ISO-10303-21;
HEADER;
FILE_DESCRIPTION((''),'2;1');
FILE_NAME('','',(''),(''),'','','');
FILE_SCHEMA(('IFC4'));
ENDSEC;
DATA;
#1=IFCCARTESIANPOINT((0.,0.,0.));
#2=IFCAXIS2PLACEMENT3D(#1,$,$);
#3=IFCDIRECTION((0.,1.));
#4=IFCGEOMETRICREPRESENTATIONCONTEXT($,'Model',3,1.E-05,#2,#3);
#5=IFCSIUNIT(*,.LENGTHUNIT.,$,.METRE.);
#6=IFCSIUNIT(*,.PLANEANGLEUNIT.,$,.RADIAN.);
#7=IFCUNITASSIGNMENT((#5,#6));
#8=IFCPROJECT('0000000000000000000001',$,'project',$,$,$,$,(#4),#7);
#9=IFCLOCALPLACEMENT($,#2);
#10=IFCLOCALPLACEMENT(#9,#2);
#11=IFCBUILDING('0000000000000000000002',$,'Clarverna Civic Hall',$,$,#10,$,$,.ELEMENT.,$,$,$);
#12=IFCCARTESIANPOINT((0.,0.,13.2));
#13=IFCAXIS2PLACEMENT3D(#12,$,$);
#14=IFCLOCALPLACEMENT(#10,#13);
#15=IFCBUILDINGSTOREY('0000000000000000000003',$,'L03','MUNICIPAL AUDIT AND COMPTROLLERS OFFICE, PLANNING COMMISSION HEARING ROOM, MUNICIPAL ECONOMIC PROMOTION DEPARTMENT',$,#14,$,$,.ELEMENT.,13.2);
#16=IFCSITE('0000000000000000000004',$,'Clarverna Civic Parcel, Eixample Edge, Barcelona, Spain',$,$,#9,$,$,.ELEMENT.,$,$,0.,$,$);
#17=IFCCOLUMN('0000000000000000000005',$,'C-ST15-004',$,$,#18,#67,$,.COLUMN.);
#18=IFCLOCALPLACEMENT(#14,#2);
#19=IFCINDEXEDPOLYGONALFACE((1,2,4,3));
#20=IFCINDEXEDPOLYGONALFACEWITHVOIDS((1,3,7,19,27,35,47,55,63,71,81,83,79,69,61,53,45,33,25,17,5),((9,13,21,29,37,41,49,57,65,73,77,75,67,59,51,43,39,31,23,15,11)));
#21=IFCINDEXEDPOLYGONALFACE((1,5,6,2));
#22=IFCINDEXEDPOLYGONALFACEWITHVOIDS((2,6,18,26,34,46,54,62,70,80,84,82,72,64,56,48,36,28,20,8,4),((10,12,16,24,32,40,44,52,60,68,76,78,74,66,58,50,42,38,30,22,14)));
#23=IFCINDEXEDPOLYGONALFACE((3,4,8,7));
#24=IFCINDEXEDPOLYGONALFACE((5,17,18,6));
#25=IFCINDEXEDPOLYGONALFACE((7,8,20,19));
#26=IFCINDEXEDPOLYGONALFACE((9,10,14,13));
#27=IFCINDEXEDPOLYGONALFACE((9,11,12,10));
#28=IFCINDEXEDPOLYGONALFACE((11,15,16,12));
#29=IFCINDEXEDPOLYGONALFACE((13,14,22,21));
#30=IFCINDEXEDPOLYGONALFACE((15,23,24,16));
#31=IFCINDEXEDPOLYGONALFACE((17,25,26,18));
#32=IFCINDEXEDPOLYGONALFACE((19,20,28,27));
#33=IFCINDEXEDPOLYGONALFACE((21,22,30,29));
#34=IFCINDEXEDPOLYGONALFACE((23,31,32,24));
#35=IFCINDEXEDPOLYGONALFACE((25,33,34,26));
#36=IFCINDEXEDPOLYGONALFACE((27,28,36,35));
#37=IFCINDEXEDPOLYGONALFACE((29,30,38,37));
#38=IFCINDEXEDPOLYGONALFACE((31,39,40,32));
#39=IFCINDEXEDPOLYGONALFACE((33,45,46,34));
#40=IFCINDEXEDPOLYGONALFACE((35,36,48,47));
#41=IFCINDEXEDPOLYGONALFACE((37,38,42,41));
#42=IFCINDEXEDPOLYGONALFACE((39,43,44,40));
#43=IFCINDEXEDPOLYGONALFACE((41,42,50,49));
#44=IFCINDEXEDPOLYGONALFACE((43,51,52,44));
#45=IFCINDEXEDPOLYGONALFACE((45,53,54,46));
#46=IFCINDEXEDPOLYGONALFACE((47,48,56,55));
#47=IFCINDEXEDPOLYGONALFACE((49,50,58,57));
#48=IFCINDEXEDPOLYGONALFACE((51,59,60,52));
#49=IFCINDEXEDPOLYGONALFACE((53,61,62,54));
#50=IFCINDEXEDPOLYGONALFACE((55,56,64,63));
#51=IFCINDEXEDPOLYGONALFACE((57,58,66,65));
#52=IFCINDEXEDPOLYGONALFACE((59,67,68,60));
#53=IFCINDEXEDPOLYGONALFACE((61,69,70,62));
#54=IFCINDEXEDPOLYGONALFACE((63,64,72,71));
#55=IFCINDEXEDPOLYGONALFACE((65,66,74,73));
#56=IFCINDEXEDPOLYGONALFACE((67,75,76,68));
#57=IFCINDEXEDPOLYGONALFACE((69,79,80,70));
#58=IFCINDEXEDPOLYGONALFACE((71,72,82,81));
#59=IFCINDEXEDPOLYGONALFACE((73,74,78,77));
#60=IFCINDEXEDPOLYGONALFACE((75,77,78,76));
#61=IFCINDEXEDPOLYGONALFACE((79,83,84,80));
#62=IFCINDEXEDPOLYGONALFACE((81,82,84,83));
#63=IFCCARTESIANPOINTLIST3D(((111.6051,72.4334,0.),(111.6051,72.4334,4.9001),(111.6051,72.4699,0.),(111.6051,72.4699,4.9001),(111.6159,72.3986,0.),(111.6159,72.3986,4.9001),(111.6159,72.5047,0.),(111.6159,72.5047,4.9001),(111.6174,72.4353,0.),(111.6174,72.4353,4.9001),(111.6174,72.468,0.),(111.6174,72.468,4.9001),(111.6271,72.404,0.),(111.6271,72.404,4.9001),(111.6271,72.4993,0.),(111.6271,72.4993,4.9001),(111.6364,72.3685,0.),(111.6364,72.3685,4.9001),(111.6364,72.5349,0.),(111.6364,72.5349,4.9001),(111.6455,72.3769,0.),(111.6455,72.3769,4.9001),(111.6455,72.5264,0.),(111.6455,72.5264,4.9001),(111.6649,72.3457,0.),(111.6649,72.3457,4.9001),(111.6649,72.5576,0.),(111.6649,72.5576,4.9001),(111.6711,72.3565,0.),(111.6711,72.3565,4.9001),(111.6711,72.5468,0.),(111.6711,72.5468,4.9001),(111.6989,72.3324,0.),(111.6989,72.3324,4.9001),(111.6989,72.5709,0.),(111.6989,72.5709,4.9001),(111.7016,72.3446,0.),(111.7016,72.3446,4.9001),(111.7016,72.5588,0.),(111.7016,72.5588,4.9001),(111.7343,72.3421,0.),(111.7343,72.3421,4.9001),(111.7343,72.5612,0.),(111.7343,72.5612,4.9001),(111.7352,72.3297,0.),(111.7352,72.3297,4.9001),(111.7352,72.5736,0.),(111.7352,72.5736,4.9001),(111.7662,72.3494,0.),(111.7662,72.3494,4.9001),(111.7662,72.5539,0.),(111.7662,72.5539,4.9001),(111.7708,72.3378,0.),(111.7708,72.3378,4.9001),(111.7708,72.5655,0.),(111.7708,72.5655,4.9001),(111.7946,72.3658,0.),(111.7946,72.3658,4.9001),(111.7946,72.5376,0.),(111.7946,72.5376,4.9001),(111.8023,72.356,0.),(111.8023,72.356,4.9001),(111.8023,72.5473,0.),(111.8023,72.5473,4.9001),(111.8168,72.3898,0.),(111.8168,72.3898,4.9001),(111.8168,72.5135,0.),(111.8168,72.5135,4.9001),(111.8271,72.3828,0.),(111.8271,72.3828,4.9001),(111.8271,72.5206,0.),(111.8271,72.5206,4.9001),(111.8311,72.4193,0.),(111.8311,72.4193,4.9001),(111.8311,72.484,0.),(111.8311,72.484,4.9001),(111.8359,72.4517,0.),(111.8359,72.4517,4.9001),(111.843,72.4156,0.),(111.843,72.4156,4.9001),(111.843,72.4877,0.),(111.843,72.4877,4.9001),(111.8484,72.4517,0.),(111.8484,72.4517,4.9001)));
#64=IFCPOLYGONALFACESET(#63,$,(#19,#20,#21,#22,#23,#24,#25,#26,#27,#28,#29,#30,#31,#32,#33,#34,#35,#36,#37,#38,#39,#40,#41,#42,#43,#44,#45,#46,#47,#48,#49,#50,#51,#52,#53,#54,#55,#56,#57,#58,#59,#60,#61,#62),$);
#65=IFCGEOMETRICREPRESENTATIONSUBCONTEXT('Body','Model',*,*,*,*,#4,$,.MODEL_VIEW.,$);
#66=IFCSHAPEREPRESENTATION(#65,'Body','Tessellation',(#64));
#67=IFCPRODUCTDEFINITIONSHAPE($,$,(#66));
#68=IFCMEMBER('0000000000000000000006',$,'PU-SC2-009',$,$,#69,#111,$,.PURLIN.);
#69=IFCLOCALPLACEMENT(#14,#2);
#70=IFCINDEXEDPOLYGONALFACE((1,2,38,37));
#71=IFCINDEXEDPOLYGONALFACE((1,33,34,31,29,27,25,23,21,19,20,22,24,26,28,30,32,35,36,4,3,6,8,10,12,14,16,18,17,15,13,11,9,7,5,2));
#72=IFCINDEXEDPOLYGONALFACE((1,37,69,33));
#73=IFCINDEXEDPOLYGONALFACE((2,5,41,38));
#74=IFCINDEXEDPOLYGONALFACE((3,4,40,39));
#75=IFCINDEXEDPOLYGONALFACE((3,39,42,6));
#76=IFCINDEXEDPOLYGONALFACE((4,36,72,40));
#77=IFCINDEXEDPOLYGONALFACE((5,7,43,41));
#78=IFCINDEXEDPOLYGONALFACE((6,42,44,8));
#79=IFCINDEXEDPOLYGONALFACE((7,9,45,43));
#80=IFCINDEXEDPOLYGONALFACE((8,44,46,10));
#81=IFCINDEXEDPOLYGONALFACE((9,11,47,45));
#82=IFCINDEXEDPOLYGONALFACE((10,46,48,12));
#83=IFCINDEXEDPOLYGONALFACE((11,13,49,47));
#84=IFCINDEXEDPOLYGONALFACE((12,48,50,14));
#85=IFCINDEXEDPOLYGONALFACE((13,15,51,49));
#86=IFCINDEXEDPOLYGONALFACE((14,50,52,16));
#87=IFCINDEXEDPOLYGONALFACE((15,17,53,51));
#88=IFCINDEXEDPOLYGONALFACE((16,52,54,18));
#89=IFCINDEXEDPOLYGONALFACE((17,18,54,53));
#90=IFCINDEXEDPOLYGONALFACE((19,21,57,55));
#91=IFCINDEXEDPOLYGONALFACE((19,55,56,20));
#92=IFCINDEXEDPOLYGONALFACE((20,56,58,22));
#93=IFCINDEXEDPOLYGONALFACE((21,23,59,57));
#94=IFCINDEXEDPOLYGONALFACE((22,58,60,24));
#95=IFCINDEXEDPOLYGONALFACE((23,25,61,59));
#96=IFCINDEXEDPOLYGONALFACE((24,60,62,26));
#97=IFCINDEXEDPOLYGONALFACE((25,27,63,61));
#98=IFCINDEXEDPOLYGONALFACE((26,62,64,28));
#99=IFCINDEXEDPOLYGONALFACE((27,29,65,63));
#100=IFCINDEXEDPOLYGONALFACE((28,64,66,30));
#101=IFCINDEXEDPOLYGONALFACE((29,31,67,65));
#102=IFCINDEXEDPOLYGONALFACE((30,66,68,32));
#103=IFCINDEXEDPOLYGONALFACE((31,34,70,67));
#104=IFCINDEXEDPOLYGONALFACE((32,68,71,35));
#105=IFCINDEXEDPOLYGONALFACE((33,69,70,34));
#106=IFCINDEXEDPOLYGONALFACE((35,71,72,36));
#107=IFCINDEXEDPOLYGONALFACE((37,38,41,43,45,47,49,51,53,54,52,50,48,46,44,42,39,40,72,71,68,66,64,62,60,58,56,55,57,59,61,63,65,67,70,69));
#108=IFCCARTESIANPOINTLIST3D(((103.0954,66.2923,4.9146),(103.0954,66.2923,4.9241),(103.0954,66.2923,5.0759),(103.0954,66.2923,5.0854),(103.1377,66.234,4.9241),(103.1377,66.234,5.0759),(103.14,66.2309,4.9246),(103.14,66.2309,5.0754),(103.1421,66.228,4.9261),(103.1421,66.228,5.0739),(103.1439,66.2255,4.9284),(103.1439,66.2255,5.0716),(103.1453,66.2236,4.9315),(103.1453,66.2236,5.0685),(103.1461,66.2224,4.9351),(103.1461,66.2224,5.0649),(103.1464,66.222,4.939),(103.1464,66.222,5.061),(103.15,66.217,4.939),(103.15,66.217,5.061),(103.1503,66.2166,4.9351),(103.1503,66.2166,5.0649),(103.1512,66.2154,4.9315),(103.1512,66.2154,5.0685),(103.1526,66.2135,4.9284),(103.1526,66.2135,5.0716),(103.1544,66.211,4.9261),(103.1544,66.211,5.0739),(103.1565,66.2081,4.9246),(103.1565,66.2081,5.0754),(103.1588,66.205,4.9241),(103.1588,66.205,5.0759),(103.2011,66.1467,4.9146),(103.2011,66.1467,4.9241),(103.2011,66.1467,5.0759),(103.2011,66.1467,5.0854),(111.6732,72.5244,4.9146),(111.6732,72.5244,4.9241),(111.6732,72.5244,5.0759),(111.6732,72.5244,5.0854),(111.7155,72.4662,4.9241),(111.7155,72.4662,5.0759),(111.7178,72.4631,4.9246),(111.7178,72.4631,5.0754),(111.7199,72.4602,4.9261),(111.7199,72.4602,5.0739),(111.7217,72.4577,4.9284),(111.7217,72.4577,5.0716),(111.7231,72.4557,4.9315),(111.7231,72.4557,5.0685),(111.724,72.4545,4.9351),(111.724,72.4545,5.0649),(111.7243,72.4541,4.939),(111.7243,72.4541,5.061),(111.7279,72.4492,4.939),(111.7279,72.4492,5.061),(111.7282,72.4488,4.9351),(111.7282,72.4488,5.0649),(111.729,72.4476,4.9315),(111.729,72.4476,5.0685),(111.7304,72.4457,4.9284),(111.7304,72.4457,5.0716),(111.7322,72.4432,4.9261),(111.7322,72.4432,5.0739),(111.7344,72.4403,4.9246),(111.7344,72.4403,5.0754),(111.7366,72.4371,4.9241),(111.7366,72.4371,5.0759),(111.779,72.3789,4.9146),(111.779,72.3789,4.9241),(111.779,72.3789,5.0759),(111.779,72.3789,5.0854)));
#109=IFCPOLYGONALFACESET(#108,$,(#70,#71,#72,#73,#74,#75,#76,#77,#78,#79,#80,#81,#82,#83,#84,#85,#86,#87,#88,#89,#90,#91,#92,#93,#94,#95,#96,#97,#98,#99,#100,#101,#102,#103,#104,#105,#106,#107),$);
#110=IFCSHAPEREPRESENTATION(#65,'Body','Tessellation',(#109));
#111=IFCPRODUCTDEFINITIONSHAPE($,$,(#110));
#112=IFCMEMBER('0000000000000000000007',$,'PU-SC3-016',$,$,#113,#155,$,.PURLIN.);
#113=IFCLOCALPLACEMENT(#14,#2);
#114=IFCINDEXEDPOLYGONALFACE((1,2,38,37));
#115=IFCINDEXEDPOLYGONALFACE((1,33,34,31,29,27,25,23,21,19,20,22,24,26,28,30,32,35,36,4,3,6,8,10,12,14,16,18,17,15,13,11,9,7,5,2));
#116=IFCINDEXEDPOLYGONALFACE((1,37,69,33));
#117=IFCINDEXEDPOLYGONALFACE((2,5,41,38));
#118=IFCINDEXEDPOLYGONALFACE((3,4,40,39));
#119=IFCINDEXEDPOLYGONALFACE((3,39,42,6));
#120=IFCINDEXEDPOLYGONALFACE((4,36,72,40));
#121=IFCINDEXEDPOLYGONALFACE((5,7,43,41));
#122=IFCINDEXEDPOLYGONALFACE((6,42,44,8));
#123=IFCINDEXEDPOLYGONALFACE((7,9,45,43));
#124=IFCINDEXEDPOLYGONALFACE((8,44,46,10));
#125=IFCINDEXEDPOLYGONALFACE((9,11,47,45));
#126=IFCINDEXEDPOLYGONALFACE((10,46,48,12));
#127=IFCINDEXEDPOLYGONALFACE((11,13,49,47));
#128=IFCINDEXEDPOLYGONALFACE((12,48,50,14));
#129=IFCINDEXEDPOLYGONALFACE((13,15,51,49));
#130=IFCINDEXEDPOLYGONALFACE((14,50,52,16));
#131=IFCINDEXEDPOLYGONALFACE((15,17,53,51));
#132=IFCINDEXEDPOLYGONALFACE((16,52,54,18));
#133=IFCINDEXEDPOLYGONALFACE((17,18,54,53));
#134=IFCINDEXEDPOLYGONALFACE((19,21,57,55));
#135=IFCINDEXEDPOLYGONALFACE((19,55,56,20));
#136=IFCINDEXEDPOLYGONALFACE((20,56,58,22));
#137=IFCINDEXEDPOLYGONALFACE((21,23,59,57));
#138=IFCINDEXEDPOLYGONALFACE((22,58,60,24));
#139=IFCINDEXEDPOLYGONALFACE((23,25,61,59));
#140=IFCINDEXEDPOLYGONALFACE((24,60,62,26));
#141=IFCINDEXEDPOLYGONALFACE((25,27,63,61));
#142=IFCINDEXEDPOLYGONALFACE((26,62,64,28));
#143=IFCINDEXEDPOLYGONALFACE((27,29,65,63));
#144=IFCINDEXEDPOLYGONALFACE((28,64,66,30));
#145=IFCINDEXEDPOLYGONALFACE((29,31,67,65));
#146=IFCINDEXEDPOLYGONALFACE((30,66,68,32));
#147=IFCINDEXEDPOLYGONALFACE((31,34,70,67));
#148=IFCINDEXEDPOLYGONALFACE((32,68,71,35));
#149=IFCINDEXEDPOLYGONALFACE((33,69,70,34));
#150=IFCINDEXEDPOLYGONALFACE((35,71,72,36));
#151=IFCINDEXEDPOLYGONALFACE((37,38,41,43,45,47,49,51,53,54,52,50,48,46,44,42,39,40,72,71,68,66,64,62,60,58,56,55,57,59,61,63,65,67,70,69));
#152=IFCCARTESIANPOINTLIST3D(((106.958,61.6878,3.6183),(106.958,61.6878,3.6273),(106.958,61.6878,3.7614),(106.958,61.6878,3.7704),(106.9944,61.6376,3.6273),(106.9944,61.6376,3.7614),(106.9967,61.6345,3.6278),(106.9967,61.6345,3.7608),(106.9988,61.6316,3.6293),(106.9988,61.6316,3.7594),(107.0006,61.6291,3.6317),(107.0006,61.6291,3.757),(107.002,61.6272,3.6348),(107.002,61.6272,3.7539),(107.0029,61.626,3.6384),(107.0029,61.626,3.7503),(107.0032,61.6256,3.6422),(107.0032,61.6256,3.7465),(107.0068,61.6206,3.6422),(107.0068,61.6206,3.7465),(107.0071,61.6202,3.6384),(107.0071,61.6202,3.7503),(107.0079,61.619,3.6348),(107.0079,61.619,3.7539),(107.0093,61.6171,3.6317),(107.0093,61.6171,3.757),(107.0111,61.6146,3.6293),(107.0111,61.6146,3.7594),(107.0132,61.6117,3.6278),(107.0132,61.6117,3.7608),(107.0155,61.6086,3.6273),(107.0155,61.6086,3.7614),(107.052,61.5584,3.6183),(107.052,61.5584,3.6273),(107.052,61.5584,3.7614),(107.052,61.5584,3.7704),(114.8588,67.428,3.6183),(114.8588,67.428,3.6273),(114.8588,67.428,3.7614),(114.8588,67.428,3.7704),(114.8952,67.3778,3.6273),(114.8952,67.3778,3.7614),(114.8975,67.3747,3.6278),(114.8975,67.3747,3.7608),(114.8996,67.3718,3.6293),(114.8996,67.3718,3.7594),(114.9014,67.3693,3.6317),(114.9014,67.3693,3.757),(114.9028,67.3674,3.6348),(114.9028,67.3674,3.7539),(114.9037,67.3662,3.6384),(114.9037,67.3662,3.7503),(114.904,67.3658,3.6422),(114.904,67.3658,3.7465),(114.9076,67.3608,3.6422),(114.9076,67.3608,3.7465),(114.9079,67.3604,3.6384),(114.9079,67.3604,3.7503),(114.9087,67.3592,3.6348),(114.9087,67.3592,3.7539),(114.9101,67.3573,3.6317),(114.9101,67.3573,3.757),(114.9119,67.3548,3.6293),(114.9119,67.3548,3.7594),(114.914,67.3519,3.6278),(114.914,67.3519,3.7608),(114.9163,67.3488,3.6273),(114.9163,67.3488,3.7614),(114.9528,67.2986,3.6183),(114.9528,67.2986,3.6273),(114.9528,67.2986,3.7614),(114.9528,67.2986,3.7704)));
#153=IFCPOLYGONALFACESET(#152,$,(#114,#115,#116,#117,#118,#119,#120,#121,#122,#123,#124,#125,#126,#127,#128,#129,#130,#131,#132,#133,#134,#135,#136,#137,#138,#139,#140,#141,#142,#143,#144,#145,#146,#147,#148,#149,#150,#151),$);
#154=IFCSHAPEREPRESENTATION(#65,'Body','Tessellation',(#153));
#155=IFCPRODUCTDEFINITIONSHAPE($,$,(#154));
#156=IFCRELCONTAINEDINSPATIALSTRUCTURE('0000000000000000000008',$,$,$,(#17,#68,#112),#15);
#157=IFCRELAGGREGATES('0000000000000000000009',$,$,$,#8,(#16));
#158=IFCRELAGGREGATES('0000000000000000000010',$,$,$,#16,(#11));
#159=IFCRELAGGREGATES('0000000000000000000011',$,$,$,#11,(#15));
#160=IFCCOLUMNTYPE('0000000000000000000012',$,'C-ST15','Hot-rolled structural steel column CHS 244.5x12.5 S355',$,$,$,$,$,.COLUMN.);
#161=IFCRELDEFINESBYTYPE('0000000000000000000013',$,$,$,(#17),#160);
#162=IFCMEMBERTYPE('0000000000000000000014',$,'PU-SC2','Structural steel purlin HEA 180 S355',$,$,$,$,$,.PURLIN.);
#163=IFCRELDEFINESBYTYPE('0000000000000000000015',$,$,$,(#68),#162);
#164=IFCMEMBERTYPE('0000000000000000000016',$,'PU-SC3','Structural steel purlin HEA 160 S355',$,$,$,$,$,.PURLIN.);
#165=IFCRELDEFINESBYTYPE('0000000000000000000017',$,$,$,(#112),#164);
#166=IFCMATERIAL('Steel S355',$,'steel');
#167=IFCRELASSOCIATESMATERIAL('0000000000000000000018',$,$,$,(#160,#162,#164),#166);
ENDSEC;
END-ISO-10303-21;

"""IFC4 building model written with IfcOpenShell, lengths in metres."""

from ifc_helpers import new_model, si_unit, direction, frame, origin, origin_2d, place, context, subcontext, project, spatial, hollow_circle, i_section, extrude, material, material_profile, profile_set, type_object, element, save


model = new_model("IFC4")

# Units and contexts
model_context = context("Model", 3, precision=1e-05, world=origin(), true_north=direction((0.0, 1.0)))
body_context = subcontext(model_context, "Body", "Model", "MODEL_VIEW")
ifc_project = project(units=[si_unit("LENGTHUNIT", "METRE"), si_unit("PLANEANGLEUNIT", "RADIAN")], contexts=[model_context])

# Site, building, storey
site_placement = place(None, origin())
site = spatial("IfcSite", under=ifc_project, at=site_placement, Name="Clarverna Civic Parcel, Eixample Edge, Barcelona, Spain", CompositionType="ELEMENT", RefElevation=0.0)
building_placement = place(site_placement, origin())
building = spatial("IfcBuilding", under=site, at=building_placement, Name="Clarverna Civic Hall", CompositionType="ELEMENT")
storey_placement = place(building_placement, frame((0.0, 0.0, 13.2)))
storey = spatial("IfcBuildingStorey", under=building, at=storey_placement, Name="L03", Description="MUNICIPAL AUDIT AND COMPTROLLERS OFFICE, PLANNING COMMISSION HEARING ROOM, MUNICIPAL ECONOMIC PROMOTION DEPARTMENT", CompositionType="ELEMENT", Elevation=13.2)

# Column
ifc_material_1 = material(Name="Steel S355", Category="steel")
ifc_material_profile_1 = material_profile(ifc_material_1, hollow_circle(Radius=0.1223, WallThickness=0.0125, at=origin_2d()), Name="CHS 244.5x12.5")
ifc_profile_set_1 = profile_set([ifc_material_profile_1], Name="Steel S355")
column_type = type_object("IfcColumnType", Name="C-ST15", Description="Hot-rolled structural steel column CHS 244.5x12.5 S355", PredefinedType="COLUMN", material=ifc_profile_set_1)
column_placement = place(storey_placement, frame((111.7261, 72.4517, 0.0), z_axis=(0.0, 0.0, 1.0), x_axis=(1.0, 0.0, 0.0)))
element("IfcColumn", 1, at=column_placement, inside=storey, type_object=column_type, Name="C-ST15-004", PredefinedType="COLUMN", context=body_context, shape_type="SweptSolid", body=[
    extrude(hollow_circle(Radius=0.1223, WallThickness=0.0125, at=origin_2d()), origin(), (0.0, 0.0, 1.0), 4.9001),
])

# Members
ifc_material_profile_2 = material_profile(ifc_material_1, i_section(OverallWidth=0.1799, OverallDepth=0.1709, WebThickness=0.0061, FlangeThickness=0.0095, FilletRadius=0.0149, at=origin_2d()), Name="HEA 180")
ifc_profile_set_2 = profile_set([ifc_material_profile_2], Name="Steel S355")
member_type_1 = type_object("IfcMemberType", Name="PU-SC2", Description="Structural steel purlin HEA 180 S355", PredefinedType="PURLIN", material=ifc_profile_set_2)
member_1_placement = place(storey_placement, frame((111.7261, 72.4517, 5.0), z_axis=(-0.809018, -0.587784, 0.0), x_axis=(0.587784, -0.809018, 0.0)))
element("IfcMember", 2, at=member_1_placement, inside=storey, type_object=member_type_1, Name="PU-SC2-009", PredefinedType="PURLIN", context=body_context, shape_type="SweptSolid", body=[
    extrude(i_section(OverallWidth=0.1799, OverallDepth=0.1709, WebThickness=0.0061, FlangeThickness=0.0095, FilletRadius=0.0149, at=origin_2d()), origin(), (0.0, 0.0, 1.0), 10.6028),
])
ifc_material_profile_3 = material_profile(ifc_material_1, i_section(OverallWidth=0.1599, OverallDepth=0.1521, WebThickness=0.0061, FlangeThickness=0.009, FilletRadius=0.0149, at=origin_2d()), Name="HEA 160")
ifc_profile_set_3 = profile_set([ifc_material_profile_3], Name="Steel S355")
member_type_2 = type_object("IfcMemberType", Name="PU-SC3", Description="Structural steel purlin HEA 160 S355", PredefinedType="PURLIN", material=ifc_profile_set_3)
member_2_placement = place(storey_placement, frame((114.9058, 67.3633, 3.6943), z_axis=(-0.809021, -0.587779, 0.0), x_axis=(0.587779, -0.809021, 0.0)))
element("IfcMember", 3, at=member_2_placement, inside=storey, type_object=member_type_2, Name="PU-SC3-016", PredefinedType="PURLIN", context=body_context, shape_type="SweptSolid", body=[
    extrude(i_section(OverallWidth=0.1599, OverallDepth=0.1521, WebThickness=0.0061, FlangeThickness=0.009, FilletRadius=0.0149, at=origin_2d()), origin(), (0.0, 0.0, 1.0), 9.7659),
])

save(model, "model.ifc")
